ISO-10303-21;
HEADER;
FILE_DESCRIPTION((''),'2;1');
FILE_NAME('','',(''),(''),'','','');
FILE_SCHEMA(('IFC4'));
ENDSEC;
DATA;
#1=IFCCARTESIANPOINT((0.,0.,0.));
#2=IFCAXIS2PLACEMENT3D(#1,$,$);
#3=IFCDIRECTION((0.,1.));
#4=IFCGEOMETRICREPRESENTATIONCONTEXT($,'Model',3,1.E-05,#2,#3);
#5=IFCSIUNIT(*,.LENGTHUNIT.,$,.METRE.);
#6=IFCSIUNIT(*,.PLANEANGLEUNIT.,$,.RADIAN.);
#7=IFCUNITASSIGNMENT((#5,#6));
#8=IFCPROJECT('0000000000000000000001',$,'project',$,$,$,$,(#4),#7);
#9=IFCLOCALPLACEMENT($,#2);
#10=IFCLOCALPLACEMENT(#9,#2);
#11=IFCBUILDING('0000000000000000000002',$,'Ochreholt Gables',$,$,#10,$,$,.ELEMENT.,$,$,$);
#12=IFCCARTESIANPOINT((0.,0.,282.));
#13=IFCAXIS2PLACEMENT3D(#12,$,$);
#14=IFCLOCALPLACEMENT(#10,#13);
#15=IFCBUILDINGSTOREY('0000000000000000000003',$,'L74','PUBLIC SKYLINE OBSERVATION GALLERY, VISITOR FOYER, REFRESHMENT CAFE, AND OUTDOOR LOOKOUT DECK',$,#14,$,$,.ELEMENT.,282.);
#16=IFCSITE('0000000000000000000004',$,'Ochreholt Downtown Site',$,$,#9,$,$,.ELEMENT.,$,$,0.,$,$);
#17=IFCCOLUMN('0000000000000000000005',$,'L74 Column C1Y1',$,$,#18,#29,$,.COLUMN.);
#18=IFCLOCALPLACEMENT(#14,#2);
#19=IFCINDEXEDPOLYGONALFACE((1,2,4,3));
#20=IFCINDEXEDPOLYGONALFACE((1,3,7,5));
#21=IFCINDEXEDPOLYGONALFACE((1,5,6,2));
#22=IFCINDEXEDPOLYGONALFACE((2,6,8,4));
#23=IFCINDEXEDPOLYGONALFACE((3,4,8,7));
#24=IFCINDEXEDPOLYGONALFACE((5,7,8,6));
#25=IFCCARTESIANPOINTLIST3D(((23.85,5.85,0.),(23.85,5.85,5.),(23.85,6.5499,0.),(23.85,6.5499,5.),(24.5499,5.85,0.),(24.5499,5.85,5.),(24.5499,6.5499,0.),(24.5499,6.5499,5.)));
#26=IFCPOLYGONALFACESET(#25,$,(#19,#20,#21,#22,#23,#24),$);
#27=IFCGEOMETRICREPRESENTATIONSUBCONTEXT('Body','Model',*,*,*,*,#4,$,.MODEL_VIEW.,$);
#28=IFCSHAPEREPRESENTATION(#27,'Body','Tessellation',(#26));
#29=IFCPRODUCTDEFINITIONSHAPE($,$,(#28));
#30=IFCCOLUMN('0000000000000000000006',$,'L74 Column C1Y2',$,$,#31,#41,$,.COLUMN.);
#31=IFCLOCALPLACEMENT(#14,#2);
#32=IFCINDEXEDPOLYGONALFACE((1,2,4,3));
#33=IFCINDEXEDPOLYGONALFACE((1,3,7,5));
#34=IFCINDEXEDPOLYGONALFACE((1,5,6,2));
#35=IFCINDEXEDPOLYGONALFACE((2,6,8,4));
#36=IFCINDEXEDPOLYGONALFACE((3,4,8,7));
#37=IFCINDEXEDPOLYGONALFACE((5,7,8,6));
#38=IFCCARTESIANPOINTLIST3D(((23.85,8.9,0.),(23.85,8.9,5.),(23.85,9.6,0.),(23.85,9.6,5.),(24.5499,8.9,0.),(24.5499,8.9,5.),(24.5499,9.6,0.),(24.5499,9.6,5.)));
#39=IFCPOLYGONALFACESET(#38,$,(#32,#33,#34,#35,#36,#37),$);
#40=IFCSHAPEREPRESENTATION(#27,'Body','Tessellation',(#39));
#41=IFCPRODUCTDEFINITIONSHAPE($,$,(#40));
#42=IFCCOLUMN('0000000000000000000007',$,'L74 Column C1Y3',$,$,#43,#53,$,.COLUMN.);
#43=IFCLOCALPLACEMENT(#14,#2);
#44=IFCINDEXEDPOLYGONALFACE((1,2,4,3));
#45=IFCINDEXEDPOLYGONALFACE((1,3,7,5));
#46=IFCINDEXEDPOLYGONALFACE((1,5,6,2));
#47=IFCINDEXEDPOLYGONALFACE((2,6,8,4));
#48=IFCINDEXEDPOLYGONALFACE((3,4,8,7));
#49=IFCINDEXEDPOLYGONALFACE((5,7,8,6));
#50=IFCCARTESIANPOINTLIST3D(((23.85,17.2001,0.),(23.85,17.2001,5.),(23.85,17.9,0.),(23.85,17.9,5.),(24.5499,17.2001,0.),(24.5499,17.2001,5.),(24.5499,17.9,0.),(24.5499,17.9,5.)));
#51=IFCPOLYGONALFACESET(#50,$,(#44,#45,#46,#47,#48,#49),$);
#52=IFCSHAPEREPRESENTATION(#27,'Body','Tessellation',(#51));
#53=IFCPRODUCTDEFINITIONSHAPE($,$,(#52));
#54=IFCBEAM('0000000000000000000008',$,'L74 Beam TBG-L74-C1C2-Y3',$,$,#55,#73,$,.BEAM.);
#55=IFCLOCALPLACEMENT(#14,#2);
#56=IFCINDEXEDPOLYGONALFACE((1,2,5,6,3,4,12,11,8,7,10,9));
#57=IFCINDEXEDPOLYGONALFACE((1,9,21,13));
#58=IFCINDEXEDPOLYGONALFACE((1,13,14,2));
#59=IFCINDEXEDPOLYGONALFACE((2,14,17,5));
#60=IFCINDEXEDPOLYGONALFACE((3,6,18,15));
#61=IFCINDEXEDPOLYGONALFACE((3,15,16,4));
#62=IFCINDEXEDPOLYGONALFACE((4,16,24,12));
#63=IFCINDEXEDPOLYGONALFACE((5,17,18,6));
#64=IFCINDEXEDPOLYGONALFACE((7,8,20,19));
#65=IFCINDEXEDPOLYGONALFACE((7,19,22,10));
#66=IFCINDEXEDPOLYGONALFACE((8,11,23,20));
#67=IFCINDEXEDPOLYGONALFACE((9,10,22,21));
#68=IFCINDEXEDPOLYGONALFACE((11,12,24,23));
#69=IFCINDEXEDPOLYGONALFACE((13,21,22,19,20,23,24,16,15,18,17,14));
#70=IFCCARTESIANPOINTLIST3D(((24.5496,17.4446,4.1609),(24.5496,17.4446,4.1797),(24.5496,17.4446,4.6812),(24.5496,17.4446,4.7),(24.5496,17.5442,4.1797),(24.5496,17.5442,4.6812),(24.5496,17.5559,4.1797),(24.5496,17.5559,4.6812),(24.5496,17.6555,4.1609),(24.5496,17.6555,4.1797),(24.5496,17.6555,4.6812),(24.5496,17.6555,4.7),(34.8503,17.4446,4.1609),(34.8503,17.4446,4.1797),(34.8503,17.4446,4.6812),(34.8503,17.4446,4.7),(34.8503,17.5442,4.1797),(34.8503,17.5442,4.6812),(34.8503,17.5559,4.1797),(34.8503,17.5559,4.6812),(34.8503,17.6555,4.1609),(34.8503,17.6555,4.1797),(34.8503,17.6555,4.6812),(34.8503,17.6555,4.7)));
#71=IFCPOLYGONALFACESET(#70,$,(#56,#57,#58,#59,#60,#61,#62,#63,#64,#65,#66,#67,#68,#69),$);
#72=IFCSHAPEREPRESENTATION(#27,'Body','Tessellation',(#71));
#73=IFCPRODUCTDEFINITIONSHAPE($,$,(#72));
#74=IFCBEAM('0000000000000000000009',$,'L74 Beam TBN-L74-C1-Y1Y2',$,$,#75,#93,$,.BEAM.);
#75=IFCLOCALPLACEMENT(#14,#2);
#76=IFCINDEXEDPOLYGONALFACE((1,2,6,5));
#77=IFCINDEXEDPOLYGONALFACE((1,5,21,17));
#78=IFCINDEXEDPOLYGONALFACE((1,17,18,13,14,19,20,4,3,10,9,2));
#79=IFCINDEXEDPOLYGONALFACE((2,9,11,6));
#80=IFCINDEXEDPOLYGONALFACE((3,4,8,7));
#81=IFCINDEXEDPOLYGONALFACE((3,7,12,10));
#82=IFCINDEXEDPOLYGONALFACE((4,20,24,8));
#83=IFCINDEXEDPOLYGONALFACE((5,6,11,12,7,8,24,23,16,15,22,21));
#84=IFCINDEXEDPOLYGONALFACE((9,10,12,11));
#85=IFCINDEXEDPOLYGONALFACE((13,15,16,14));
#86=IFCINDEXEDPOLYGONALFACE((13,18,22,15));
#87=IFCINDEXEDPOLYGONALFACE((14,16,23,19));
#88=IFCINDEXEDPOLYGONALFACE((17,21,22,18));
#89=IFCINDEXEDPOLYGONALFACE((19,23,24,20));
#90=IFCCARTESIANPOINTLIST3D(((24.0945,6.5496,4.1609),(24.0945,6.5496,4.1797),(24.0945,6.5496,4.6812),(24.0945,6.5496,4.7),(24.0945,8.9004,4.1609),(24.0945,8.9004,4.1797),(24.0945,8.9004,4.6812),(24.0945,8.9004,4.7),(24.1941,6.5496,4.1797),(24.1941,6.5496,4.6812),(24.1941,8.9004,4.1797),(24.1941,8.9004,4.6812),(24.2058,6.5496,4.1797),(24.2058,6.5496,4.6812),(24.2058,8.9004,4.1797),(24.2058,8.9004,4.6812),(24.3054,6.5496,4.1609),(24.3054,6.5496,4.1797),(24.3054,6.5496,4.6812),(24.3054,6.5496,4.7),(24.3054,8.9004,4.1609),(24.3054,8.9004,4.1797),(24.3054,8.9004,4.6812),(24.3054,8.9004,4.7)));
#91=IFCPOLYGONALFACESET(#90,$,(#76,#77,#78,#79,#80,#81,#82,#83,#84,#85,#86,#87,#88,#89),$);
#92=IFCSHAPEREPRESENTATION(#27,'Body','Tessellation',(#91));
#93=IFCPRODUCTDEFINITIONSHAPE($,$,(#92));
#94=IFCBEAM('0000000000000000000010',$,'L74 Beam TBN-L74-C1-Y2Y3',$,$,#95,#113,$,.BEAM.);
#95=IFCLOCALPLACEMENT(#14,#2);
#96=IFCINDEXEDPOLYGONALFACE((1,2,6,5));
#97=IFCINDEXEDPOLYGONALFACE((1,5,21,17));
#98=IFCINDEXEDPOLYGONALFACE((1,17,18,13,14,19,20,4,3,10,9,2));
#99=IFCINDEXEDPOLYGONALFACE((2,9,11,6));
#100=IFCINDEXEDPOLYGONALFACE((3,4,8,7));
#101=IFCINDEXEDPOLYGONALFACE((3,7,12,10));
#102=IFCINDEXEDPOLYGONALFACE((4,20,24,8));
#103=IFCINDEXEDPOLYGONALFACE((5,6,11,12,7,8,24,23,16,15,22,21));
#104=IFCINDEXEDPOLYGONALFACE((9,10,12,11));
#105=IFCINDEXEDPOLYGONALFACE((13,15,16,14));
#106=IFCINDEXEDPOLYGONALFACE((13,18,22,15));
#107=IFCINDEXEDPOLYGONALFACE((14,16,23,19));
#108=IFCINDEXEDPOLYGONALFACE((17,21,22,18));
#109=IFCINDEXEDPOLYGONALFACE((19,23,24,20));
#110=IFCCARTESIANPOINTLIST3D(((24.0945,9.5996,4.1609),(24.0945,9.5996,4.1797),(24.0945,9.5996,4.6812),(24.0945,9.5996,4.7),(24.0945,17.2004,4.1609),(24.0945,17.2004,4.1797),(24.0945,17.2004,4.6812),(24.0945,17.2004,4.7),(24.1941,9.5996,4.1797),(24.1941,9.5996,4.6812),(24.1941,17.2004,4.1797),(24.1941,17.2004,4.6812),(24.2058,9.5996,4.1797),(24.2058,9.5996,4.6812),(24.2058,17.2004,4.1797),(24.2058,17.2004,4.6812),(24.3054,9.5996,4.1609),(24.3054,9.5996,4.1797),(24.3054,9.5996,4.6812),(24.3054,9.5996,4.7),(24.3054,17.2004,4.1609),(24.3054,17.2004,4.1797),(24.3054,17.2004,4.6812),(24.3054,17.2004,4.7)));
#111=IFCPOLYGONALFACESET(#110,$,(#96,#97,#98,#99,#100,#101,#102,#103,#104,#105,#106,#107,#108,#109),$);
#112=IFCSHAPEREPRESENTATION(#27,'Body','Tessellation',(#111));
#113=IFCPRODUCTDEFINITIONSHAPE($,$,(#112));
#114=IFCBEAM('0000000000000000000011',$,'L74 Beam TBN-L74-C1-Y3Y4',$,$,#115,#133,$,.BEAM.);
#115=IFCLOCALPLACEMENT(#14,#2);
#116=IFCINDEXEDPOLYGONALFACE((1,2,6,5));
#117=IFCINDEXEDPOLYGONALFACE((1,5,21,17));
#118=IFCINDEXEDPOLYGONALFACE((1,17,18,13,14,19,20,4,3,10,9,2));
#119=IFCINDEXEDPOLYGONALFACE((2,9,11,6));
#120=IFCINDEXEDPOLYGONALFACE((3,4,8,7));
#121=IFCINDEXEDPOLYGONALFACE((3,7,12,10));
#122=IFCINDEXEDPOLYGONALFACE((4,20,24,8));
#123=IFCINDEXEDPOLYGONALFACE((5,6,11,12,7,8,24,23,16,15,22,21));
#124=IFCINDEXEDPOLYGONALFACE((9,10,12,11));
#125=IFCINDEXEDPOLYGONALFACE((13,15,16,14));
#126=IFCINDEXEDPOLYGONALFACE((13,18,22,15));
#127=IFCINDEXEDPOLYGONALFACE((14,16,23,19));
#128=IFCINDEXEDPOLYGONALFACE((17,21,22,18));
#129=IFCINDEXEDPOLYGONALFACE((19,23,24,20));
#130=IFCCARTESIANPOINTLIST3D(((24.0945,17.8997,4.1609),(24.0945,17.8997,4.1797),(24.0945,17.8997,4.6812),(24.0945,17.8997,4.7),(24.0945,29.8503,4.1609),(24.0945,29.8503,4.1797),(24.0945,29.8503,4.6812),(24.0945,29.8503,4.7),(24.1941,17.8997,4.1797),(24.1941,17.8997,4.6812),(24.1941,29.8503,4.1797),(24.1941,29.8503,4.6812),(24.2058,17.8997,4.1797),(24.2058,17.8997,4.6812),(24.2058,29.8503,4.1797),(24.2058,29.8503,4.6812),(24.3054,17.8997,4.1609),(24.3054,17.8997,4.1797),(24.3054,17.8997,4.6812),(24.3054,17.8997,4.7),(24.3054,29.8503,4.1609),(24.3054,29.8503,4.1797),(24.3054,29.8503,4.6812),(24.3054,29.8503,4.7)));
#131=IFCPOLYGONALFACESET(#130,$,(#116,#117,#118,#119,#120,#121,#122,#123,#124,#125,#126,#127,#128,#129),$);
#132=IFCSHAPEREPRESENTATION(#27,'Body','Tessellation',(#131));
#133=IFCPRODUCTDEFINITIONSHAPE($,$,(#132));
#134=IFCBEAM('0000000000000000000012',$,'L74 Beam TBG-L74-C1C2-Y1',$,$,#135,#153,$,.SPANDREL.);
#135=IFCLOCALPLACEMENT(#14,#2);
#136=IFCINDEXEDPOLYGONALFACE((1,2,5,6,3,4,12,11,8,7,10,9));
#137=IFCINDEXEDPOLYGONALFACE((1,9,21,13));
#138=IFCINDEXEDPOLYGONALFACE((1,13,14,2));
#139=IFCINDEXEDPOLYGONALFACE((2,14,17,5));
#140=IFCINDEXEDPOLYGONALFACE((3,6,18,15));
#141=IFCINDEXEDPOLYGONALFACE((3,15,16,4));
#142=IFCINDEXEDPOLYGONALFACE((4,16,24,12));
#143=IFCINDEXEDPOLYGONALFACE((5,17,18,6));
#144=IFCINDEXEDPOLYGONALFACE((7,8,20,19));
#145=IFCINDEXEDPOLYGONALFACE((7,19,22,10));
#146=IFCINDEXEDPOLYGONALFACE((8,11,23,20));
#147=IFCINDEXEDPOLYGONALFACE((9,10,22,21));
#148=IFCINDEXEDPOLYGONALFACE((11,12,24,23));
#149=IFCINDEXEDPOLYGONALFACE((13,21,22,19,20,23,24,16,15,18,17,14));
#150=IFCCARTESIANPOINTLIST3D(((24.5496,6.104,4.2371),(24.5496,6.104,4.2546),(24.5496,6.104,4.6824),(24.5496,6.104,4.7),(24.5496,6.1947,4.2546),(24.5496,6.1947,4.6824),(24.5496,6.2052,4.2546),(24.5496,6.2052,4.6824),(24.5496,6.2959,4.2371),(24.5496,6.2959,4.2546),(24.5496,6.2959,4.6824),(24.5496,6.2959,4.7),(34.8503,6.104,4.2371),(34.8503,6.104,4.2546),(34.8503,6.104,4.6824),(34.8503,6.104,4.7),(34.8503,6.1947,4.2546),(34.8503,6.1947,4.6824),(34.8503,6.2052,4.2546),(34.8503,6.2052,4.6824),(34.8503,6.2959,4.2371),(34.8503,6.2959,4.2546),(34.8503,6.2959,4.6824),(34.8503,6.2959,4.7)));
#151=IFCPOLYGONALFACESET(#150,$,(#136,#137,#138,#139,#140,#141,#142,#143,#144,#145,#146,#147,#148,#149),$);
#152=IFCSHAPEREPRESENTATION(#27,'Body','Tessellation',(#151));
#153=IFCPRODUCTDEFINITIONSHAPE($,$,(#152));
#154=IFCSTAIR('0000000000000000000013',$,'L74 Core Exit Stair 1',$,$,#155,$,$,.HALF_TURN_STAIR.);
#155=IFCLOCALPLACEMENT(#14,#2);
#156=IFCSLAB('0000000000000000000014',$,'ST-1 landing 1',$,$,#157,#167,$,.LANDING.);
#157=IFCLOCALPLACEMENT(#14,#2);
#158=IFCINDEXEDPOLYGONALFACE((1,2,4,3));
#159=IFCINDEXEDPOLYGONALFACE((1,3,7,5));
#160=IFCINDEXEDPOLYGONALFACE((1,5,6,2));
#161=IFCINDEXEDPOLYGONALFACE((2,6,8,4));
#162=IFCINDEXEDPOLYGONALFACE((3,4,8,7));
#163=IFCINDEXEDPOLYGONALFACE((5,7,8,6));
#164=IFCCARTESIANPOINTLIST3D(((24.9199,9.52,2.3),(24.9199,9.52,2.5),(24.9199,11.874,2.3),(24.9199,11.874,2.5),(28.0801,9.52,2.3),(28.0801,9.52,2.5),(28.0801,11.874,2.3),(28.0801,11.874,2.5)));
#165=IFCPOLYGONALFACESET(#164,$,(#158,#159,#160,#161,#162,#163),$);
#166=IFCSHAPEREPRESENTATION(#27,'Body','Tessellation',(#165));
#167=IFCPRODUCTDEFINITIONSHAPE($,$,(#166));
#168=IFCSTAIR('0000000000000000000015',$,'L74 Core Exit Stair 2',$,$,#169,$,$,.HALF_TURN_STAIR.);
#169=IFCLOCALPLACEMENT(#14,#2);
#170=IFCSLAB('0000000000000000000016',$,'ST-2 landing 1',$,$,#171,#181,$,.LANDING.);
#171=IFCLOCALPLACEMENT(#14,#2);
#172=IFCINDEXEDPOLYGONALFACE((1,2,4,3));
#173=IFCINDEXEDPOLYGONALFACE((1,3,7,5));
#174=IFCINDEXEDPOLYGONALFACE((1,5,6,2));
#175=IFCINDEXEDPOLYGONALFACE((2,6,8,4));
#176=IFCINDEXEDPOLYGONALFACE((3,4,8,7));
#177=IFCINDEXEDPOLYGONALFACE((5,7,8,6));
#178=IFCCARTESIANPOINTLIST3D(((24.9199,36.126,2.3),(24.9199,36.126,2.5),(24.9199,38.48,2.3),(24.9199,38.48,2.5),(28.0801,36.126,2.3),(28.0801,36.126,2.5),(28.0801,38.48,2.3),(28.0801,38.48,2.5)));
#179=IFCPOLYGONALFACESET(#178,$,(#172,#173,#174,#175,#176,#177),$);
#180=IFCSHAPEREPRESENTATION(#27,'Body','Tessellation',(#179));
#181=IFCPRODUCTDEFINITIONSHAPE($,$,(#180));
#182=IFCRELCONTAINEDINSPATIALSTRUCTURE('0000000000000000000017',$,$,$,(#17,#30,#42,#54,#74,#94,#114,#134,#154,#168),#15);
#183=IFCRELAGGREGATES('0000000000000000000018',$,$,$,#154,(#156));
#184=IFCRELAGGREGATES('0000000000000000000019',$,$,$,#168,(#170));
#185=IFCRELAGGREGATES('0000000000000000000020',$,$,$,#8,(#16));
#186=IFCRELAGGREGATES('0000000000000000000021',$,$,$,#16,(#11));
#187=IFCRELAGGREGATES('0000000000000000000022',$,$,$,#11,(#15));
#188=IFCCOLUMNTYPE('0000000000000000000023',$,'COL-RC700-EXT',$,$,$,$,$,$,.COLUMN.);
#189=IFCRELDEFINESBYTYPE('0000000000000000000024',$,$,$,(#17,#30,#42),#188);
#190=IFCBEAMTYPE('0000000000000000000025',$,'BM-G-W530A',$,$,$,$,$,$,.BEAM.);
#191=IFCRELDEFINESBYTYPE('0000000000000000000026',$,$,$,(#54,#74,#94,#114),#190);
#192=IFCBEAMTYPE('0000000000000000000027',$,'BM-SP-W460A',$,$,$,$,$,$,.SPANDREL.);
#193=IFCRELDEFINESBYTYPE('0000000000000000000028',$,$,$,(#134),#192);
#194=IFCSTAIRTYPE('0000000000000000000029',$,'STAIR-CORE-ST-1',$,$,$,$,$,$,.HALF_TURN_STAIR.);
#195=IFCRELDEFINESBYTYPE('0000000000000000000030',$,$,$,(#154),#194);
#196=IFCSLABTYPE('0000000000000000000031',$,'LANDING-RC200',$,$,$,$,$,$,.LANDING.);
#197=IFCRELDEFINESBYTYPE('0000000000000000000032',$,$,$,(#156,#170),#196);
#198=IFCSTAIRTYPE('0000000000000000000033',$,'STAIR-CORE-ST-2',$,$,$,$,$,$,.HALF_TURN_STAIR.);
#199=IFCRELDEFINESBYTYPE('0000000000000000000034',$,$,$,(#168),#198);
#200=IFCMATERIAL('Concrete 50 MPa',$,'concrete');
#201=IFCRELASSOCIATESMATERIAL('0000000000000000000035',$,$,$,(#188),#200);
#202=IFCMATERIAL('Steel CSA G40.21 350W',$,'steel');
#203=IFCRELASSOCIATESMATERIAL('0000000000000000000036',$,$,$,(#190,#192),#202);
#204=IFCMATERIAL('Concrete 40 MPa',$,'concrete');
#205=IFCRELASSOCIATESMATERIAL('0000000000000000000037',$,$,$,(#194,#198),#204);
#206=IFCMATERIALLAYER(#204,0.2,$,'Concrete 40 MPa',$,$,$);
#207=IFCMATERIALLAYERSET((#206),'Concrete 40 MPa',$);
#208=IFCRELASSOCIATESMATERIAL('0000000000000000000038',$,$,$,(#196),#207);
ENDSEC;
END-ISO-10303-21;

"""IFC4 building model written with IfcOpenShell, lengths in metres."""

from ifc_helpers import new_model, si_unit, direction, frame, origin, origin_2d, place, context, subcontext, project, spatial, polyline, rectangle, i_section, outline, extrude, material, layer, layer_set, material_profile, profile_set, type_object, element, aggregate, save


model = new_model("IFC4")

# Units and contexts
model_context = context("Model", 3, precision=1e-05, world=origin(), true_north=direction((0.0, 1.0)))
body_context = subcontext(model_context, "Body", "Model", "MODEL_VIEW")
ifc_project = project(units=[si_unit("LENGTHUNIT", "METRE"), si_unit("PLANEANGLEUNIT", "RADIAN")], contexts=[model_context])

# Site, building, storey
site_placement = place(None, origin())
site = spatial("IfcSite", under=ifc_project, at=site_placement, Name="Ochreholt Downtown Site", CompositionType="ELEMENT", RefElevation=0.0)
building_placement = place(site_placement, origin())
building = spatial("IfcBuilding", under=site, at=building_placement, Name="Ochreholt Gables", CompositionType="ELEMENT")
storey_placement = place(building_placement, frame((0.0, 0.0, 282.0)))
storey = spatial("IfcBuildingStorey", under=building, at=storey_placement, Name="L74", Description="PUBLIC SKYLINE OBSERVATION GALLERY, VISITOR FOYER, REFRESHMENT CAFE, AND OUTDOOR LOOKOUT DECK", CompositionType="ELEMENT", Elevation=282.0)

# Columns
ifc_material_1 = material(Name="Concrete 50 MPa", Category="concrete")
ifc_material_profile_1 = material_profile(ifc_material_1, rectangle(XDim=0.7, YDim=0.7, at=origin_2d()), Name="RC700X700")
ifc_profile_set_1 = profile_set([ifc_material_profile_1], Name="Concrete 50 MPa")
column_type = type_object("IfcColumnType", Name="COL-RC700-EXT", PredefinedType="COLUMN", material=ifc_profile_set_1)
for number, where, z_axis, x_axis, name in (
    (1, (24.2, 6.2, 0.0), (0.0, 0.0, 1.0), (1.0, 0.0, 0.0), "L74 Column C1Y1"),
    (2, (24.2, 9.25, 0.0), (0.0, 0.0, 1.0), (1.0, 0.0, 0.0), "L74 Column C1Y2"),
    (3, (24.2, 17.55, 0.0), (0.0, 0.0, 1.0), (1.0, 0.0, 0.0), "L74 Column C1Y3"),
):
    element("IfcColumn", number, at=place(storey_placement, frame(where, z_axis=z_axis, x_axis=x_axis)), inside=storey, type_object=column_type, Name=name, PredefinedType="COLUMN", context=body_context, shape_type="SweptSolid", body=[
        extrude(rectangle(XDim=0.7, YDim=0.7, at=origin_2d()), origin(), (0.0, 0.0, 1.0), 5.0),
    ])

# Beams
ifc_material_2 = material(Name="Steel CSA G40.21 350W", Category="steel")
ifc_material_profile_2 = material_profile(ifc_material_2, i_section(OverallWidth=0.2109, OverallDepth=0.5391, WebThickness=0.0117, FlangeThickness=0.0188, at=origin_2d()), Name="W530X109")
ifc_profile_set_2 = profile_set([ifc_material_profile_2], Name="Steel CSA G40.21 350W")
beam_type_1 = type_object("IfcBeamType", Name="BM-G-W530A", PredefinedType="BEAM", material=ifc_profile_set_2)
beam_1_placement = place(storey_placement, frame((24.5496, 17.55, 4.4304), z_axis=(1.0, 0.0, 0.0), x_axis=(0.0, 1.0, 0.0)))
element("IfcBeam", 4, at=beam_1_placement, inside=storey, type_object=beam_type_1, Name="L74 Beam TBG-L74-C1C2-Y3", PredefinedType="BEAM", context=body_context, shape_type="SweptSolid", body=[
    extrude(i_section(OverallWidth=0.2109, OverallDepth=0.5391, WebThickness=0.0117, FlangeThickness=0.0188, at=origin_2d()), origin(), (0.0, 0.0, 1.0), 10.3008),
])
beam_2_placement = place(storey_placement, frame((24.2, 6.5496, 4.4304), z_axis=(0.0, 1.0, 0.0), x_axis=(-1.0, 0.0, 0.0)))
element("IfcBeam", 5, at=beam_2_placement, inside=storey, type_object=beam_type_1, Name="L74 Beam TBN-L74-C1-Y1Y2", PredefinedType="BEAM", context=body_context, shape_type="SweptSolid", body=[
    extrude(i_section(OverallWidth=0.2109, OverallDepth=0.5391, WebThickness=0.0117, FlangeThickness=0.0188, at=origin_2d()), origin(), (0.0, 0.0, 1.0), 2.3508),
])
beam_3_placement = place(storey_placement, frame((24.2, 9.5996, 4.4304), z_axis=(0.0, 1.0, 0.0), x_axis=(-1.0, 0.0, 0.0)))
element("IfcBeam", 6, at=beam_3_placement, inside=storey, type_object=beam_type_1, Name="L74 Beam TBN-L74-C1-Y2Y3", PredefinedType="BEAM", context=body_context, shape_type="SweptSolid", body=[
    extrude(i_section(OverallWidth=0.2109, OverallDepth=0.5391, WebThickness=0.0117, FlangeThickness=0.0188, at=origin_2d()), origin(), (0.0, 0.0, 1.0), 7.6008),
])
beam_4_placement = place(storey_placement, frame((24.2, 17.8997, 4.4304), z_axis=(0.0, 1.0, 0.0), x_axis=(-1.0, 0.0, 0.0)))
element("IfcBeam", 7, at=beam_4_placement, inside=storey, type_object=beam_type_1, Name="L74 Beam TBN-L74-C1-Y3Y4", PredefinedType="BEAM", context=body_context, shape_type="SweptSolid", body=[
    extrude(i_section(OverallWidth=0.2109, OverallDepth=0.5391, WebThickness=0.0117, FlangeThickness=0.0188, at=origin_2d()), origin(), (0.0, 0.0, 1.0), 11.9507),
])
ifc_material_profile_3 = material_profile(ifc_material_2, i_section(OverallWidth=0.1919, OverallDepth=0.4629, WebThickness=0.0105, FlangeThickness=0.0176, at=origin_2d()), Name="W460X89")
ifc_profile_set_3 = profile_set([ifc_material_profile_3], Name="Steel CSA G40.21 350W")
beam_type_2 = type_object("IfcBeamType", Name="BM-SP-W460A", PredefinedType="SPANDREL", material=ifc_profile_set_3)
beam_5_placement = place(storey_placement, frame((24.5496, 6.2, 4.4685), z_axis=(1.0, 0.0, 0.0), x_axis=(0.0, 1.0, 0.0)))
element("IfcBeam", 8, at=beam_5_placement, inside=storey, type_object=beam_type_2, Name="L74 Beam TBG-L74-C1C2-Y1", PredefinedType="SPANDREL", context=body_context, shape_type="SweptSolid", body=[
    extrude(i_section(OverallWidth=0.1919, OverallDepth=0.4629, WebThickness=0.0105, FlangeThickness=0.0176, at=origin_2d()), origin(), (0.0, 0.0, 1.0), 10.3008),
])

# Stairs, slabs
ifc_material_3 = material(Name="Concrete 40 MPa", Category="concrete")
stair_type_1 = type_object("IfcStairType", Name="STAIR-CORE-ST-1", PredefinedType="HALF_TURN_STAIR", material=ifc_material_3)
stair_1_placement = place(storey_placement, origin())
stair_1 = element("IfcStair", 9, at=stair_1_placement, inside=storey, type_object=stair_type_1, Name="L74 Core Exit Stair 1", PredefinedType="HALF_TURN_STAIR")
ifc_layer_1 = layer(ifc_material_3, 0.2, Name="Concrete 40 MPa")
ifc_layer_set_1 = layer_set([ifc_layer_1], Name="Concrete 40 MPa")
slab_type_1 = type_object("IfcSlabType", Name="LANDING-RC200", PredefinedType="LANDING", material=ifc_layer_set_1)
slab_1_placement = place(storey_placement, frame((0.0, 0.0, 2.3)))
slab_1 = element("IfcSlab", 10, at=slab_1_placement, type_object=slab_type_1, Name="ST-1 landing 1", PredefinedType="LANDING", context=body_context, shape_type="SweptSolid", body=[
    extrude(outline(polyline([(24.9199, 11.874), (24.9199, 9.52), (28.0801, 9.52), (28.0801, 11.874), (24.9199, 11.874)])), origin(), (0.0, 0.0, 1.0), 0.2),
])
aggregate(stair_1, [slab_1])
stair_type_2 = type_object("IfcStairType", Name="STAIR-CORE-ST-2", PredefinedType="HALF_TURN_STAIR", material=ifc_material_3)
stair_2_placement = place(storey_placement, origin())
stair_2 = element("IfcStair", 11, at=stair_2_placement, inside=storey, type_object=stair_type_2, Name="L74 Core Exit Stair 2", PredefinedType="HALF_TURN_STAIR")
slab_2_placement = place(storey_placement, frame((0.0, 0.0, 2.3)))
slab_2 = element("IfcSlab", 12, at=slab_2_placement, type_object=slab_type_1, Name="ST-2 landing 1", PredefinedType="LANDING", context=body_context, shape_type="SweptSolid", body=[
    extrude(outline(polyline([(28.0801, 36.126), (28.0801, 38.48), (24.9199, 38.48), (24.9199, 36.126), (28.0801, 36.126)])), origin(), (0.0, 0.0, 1.0), 0.2),
])
aggregate(stair_2, [slab_2])

save(model, "model.ifc")
